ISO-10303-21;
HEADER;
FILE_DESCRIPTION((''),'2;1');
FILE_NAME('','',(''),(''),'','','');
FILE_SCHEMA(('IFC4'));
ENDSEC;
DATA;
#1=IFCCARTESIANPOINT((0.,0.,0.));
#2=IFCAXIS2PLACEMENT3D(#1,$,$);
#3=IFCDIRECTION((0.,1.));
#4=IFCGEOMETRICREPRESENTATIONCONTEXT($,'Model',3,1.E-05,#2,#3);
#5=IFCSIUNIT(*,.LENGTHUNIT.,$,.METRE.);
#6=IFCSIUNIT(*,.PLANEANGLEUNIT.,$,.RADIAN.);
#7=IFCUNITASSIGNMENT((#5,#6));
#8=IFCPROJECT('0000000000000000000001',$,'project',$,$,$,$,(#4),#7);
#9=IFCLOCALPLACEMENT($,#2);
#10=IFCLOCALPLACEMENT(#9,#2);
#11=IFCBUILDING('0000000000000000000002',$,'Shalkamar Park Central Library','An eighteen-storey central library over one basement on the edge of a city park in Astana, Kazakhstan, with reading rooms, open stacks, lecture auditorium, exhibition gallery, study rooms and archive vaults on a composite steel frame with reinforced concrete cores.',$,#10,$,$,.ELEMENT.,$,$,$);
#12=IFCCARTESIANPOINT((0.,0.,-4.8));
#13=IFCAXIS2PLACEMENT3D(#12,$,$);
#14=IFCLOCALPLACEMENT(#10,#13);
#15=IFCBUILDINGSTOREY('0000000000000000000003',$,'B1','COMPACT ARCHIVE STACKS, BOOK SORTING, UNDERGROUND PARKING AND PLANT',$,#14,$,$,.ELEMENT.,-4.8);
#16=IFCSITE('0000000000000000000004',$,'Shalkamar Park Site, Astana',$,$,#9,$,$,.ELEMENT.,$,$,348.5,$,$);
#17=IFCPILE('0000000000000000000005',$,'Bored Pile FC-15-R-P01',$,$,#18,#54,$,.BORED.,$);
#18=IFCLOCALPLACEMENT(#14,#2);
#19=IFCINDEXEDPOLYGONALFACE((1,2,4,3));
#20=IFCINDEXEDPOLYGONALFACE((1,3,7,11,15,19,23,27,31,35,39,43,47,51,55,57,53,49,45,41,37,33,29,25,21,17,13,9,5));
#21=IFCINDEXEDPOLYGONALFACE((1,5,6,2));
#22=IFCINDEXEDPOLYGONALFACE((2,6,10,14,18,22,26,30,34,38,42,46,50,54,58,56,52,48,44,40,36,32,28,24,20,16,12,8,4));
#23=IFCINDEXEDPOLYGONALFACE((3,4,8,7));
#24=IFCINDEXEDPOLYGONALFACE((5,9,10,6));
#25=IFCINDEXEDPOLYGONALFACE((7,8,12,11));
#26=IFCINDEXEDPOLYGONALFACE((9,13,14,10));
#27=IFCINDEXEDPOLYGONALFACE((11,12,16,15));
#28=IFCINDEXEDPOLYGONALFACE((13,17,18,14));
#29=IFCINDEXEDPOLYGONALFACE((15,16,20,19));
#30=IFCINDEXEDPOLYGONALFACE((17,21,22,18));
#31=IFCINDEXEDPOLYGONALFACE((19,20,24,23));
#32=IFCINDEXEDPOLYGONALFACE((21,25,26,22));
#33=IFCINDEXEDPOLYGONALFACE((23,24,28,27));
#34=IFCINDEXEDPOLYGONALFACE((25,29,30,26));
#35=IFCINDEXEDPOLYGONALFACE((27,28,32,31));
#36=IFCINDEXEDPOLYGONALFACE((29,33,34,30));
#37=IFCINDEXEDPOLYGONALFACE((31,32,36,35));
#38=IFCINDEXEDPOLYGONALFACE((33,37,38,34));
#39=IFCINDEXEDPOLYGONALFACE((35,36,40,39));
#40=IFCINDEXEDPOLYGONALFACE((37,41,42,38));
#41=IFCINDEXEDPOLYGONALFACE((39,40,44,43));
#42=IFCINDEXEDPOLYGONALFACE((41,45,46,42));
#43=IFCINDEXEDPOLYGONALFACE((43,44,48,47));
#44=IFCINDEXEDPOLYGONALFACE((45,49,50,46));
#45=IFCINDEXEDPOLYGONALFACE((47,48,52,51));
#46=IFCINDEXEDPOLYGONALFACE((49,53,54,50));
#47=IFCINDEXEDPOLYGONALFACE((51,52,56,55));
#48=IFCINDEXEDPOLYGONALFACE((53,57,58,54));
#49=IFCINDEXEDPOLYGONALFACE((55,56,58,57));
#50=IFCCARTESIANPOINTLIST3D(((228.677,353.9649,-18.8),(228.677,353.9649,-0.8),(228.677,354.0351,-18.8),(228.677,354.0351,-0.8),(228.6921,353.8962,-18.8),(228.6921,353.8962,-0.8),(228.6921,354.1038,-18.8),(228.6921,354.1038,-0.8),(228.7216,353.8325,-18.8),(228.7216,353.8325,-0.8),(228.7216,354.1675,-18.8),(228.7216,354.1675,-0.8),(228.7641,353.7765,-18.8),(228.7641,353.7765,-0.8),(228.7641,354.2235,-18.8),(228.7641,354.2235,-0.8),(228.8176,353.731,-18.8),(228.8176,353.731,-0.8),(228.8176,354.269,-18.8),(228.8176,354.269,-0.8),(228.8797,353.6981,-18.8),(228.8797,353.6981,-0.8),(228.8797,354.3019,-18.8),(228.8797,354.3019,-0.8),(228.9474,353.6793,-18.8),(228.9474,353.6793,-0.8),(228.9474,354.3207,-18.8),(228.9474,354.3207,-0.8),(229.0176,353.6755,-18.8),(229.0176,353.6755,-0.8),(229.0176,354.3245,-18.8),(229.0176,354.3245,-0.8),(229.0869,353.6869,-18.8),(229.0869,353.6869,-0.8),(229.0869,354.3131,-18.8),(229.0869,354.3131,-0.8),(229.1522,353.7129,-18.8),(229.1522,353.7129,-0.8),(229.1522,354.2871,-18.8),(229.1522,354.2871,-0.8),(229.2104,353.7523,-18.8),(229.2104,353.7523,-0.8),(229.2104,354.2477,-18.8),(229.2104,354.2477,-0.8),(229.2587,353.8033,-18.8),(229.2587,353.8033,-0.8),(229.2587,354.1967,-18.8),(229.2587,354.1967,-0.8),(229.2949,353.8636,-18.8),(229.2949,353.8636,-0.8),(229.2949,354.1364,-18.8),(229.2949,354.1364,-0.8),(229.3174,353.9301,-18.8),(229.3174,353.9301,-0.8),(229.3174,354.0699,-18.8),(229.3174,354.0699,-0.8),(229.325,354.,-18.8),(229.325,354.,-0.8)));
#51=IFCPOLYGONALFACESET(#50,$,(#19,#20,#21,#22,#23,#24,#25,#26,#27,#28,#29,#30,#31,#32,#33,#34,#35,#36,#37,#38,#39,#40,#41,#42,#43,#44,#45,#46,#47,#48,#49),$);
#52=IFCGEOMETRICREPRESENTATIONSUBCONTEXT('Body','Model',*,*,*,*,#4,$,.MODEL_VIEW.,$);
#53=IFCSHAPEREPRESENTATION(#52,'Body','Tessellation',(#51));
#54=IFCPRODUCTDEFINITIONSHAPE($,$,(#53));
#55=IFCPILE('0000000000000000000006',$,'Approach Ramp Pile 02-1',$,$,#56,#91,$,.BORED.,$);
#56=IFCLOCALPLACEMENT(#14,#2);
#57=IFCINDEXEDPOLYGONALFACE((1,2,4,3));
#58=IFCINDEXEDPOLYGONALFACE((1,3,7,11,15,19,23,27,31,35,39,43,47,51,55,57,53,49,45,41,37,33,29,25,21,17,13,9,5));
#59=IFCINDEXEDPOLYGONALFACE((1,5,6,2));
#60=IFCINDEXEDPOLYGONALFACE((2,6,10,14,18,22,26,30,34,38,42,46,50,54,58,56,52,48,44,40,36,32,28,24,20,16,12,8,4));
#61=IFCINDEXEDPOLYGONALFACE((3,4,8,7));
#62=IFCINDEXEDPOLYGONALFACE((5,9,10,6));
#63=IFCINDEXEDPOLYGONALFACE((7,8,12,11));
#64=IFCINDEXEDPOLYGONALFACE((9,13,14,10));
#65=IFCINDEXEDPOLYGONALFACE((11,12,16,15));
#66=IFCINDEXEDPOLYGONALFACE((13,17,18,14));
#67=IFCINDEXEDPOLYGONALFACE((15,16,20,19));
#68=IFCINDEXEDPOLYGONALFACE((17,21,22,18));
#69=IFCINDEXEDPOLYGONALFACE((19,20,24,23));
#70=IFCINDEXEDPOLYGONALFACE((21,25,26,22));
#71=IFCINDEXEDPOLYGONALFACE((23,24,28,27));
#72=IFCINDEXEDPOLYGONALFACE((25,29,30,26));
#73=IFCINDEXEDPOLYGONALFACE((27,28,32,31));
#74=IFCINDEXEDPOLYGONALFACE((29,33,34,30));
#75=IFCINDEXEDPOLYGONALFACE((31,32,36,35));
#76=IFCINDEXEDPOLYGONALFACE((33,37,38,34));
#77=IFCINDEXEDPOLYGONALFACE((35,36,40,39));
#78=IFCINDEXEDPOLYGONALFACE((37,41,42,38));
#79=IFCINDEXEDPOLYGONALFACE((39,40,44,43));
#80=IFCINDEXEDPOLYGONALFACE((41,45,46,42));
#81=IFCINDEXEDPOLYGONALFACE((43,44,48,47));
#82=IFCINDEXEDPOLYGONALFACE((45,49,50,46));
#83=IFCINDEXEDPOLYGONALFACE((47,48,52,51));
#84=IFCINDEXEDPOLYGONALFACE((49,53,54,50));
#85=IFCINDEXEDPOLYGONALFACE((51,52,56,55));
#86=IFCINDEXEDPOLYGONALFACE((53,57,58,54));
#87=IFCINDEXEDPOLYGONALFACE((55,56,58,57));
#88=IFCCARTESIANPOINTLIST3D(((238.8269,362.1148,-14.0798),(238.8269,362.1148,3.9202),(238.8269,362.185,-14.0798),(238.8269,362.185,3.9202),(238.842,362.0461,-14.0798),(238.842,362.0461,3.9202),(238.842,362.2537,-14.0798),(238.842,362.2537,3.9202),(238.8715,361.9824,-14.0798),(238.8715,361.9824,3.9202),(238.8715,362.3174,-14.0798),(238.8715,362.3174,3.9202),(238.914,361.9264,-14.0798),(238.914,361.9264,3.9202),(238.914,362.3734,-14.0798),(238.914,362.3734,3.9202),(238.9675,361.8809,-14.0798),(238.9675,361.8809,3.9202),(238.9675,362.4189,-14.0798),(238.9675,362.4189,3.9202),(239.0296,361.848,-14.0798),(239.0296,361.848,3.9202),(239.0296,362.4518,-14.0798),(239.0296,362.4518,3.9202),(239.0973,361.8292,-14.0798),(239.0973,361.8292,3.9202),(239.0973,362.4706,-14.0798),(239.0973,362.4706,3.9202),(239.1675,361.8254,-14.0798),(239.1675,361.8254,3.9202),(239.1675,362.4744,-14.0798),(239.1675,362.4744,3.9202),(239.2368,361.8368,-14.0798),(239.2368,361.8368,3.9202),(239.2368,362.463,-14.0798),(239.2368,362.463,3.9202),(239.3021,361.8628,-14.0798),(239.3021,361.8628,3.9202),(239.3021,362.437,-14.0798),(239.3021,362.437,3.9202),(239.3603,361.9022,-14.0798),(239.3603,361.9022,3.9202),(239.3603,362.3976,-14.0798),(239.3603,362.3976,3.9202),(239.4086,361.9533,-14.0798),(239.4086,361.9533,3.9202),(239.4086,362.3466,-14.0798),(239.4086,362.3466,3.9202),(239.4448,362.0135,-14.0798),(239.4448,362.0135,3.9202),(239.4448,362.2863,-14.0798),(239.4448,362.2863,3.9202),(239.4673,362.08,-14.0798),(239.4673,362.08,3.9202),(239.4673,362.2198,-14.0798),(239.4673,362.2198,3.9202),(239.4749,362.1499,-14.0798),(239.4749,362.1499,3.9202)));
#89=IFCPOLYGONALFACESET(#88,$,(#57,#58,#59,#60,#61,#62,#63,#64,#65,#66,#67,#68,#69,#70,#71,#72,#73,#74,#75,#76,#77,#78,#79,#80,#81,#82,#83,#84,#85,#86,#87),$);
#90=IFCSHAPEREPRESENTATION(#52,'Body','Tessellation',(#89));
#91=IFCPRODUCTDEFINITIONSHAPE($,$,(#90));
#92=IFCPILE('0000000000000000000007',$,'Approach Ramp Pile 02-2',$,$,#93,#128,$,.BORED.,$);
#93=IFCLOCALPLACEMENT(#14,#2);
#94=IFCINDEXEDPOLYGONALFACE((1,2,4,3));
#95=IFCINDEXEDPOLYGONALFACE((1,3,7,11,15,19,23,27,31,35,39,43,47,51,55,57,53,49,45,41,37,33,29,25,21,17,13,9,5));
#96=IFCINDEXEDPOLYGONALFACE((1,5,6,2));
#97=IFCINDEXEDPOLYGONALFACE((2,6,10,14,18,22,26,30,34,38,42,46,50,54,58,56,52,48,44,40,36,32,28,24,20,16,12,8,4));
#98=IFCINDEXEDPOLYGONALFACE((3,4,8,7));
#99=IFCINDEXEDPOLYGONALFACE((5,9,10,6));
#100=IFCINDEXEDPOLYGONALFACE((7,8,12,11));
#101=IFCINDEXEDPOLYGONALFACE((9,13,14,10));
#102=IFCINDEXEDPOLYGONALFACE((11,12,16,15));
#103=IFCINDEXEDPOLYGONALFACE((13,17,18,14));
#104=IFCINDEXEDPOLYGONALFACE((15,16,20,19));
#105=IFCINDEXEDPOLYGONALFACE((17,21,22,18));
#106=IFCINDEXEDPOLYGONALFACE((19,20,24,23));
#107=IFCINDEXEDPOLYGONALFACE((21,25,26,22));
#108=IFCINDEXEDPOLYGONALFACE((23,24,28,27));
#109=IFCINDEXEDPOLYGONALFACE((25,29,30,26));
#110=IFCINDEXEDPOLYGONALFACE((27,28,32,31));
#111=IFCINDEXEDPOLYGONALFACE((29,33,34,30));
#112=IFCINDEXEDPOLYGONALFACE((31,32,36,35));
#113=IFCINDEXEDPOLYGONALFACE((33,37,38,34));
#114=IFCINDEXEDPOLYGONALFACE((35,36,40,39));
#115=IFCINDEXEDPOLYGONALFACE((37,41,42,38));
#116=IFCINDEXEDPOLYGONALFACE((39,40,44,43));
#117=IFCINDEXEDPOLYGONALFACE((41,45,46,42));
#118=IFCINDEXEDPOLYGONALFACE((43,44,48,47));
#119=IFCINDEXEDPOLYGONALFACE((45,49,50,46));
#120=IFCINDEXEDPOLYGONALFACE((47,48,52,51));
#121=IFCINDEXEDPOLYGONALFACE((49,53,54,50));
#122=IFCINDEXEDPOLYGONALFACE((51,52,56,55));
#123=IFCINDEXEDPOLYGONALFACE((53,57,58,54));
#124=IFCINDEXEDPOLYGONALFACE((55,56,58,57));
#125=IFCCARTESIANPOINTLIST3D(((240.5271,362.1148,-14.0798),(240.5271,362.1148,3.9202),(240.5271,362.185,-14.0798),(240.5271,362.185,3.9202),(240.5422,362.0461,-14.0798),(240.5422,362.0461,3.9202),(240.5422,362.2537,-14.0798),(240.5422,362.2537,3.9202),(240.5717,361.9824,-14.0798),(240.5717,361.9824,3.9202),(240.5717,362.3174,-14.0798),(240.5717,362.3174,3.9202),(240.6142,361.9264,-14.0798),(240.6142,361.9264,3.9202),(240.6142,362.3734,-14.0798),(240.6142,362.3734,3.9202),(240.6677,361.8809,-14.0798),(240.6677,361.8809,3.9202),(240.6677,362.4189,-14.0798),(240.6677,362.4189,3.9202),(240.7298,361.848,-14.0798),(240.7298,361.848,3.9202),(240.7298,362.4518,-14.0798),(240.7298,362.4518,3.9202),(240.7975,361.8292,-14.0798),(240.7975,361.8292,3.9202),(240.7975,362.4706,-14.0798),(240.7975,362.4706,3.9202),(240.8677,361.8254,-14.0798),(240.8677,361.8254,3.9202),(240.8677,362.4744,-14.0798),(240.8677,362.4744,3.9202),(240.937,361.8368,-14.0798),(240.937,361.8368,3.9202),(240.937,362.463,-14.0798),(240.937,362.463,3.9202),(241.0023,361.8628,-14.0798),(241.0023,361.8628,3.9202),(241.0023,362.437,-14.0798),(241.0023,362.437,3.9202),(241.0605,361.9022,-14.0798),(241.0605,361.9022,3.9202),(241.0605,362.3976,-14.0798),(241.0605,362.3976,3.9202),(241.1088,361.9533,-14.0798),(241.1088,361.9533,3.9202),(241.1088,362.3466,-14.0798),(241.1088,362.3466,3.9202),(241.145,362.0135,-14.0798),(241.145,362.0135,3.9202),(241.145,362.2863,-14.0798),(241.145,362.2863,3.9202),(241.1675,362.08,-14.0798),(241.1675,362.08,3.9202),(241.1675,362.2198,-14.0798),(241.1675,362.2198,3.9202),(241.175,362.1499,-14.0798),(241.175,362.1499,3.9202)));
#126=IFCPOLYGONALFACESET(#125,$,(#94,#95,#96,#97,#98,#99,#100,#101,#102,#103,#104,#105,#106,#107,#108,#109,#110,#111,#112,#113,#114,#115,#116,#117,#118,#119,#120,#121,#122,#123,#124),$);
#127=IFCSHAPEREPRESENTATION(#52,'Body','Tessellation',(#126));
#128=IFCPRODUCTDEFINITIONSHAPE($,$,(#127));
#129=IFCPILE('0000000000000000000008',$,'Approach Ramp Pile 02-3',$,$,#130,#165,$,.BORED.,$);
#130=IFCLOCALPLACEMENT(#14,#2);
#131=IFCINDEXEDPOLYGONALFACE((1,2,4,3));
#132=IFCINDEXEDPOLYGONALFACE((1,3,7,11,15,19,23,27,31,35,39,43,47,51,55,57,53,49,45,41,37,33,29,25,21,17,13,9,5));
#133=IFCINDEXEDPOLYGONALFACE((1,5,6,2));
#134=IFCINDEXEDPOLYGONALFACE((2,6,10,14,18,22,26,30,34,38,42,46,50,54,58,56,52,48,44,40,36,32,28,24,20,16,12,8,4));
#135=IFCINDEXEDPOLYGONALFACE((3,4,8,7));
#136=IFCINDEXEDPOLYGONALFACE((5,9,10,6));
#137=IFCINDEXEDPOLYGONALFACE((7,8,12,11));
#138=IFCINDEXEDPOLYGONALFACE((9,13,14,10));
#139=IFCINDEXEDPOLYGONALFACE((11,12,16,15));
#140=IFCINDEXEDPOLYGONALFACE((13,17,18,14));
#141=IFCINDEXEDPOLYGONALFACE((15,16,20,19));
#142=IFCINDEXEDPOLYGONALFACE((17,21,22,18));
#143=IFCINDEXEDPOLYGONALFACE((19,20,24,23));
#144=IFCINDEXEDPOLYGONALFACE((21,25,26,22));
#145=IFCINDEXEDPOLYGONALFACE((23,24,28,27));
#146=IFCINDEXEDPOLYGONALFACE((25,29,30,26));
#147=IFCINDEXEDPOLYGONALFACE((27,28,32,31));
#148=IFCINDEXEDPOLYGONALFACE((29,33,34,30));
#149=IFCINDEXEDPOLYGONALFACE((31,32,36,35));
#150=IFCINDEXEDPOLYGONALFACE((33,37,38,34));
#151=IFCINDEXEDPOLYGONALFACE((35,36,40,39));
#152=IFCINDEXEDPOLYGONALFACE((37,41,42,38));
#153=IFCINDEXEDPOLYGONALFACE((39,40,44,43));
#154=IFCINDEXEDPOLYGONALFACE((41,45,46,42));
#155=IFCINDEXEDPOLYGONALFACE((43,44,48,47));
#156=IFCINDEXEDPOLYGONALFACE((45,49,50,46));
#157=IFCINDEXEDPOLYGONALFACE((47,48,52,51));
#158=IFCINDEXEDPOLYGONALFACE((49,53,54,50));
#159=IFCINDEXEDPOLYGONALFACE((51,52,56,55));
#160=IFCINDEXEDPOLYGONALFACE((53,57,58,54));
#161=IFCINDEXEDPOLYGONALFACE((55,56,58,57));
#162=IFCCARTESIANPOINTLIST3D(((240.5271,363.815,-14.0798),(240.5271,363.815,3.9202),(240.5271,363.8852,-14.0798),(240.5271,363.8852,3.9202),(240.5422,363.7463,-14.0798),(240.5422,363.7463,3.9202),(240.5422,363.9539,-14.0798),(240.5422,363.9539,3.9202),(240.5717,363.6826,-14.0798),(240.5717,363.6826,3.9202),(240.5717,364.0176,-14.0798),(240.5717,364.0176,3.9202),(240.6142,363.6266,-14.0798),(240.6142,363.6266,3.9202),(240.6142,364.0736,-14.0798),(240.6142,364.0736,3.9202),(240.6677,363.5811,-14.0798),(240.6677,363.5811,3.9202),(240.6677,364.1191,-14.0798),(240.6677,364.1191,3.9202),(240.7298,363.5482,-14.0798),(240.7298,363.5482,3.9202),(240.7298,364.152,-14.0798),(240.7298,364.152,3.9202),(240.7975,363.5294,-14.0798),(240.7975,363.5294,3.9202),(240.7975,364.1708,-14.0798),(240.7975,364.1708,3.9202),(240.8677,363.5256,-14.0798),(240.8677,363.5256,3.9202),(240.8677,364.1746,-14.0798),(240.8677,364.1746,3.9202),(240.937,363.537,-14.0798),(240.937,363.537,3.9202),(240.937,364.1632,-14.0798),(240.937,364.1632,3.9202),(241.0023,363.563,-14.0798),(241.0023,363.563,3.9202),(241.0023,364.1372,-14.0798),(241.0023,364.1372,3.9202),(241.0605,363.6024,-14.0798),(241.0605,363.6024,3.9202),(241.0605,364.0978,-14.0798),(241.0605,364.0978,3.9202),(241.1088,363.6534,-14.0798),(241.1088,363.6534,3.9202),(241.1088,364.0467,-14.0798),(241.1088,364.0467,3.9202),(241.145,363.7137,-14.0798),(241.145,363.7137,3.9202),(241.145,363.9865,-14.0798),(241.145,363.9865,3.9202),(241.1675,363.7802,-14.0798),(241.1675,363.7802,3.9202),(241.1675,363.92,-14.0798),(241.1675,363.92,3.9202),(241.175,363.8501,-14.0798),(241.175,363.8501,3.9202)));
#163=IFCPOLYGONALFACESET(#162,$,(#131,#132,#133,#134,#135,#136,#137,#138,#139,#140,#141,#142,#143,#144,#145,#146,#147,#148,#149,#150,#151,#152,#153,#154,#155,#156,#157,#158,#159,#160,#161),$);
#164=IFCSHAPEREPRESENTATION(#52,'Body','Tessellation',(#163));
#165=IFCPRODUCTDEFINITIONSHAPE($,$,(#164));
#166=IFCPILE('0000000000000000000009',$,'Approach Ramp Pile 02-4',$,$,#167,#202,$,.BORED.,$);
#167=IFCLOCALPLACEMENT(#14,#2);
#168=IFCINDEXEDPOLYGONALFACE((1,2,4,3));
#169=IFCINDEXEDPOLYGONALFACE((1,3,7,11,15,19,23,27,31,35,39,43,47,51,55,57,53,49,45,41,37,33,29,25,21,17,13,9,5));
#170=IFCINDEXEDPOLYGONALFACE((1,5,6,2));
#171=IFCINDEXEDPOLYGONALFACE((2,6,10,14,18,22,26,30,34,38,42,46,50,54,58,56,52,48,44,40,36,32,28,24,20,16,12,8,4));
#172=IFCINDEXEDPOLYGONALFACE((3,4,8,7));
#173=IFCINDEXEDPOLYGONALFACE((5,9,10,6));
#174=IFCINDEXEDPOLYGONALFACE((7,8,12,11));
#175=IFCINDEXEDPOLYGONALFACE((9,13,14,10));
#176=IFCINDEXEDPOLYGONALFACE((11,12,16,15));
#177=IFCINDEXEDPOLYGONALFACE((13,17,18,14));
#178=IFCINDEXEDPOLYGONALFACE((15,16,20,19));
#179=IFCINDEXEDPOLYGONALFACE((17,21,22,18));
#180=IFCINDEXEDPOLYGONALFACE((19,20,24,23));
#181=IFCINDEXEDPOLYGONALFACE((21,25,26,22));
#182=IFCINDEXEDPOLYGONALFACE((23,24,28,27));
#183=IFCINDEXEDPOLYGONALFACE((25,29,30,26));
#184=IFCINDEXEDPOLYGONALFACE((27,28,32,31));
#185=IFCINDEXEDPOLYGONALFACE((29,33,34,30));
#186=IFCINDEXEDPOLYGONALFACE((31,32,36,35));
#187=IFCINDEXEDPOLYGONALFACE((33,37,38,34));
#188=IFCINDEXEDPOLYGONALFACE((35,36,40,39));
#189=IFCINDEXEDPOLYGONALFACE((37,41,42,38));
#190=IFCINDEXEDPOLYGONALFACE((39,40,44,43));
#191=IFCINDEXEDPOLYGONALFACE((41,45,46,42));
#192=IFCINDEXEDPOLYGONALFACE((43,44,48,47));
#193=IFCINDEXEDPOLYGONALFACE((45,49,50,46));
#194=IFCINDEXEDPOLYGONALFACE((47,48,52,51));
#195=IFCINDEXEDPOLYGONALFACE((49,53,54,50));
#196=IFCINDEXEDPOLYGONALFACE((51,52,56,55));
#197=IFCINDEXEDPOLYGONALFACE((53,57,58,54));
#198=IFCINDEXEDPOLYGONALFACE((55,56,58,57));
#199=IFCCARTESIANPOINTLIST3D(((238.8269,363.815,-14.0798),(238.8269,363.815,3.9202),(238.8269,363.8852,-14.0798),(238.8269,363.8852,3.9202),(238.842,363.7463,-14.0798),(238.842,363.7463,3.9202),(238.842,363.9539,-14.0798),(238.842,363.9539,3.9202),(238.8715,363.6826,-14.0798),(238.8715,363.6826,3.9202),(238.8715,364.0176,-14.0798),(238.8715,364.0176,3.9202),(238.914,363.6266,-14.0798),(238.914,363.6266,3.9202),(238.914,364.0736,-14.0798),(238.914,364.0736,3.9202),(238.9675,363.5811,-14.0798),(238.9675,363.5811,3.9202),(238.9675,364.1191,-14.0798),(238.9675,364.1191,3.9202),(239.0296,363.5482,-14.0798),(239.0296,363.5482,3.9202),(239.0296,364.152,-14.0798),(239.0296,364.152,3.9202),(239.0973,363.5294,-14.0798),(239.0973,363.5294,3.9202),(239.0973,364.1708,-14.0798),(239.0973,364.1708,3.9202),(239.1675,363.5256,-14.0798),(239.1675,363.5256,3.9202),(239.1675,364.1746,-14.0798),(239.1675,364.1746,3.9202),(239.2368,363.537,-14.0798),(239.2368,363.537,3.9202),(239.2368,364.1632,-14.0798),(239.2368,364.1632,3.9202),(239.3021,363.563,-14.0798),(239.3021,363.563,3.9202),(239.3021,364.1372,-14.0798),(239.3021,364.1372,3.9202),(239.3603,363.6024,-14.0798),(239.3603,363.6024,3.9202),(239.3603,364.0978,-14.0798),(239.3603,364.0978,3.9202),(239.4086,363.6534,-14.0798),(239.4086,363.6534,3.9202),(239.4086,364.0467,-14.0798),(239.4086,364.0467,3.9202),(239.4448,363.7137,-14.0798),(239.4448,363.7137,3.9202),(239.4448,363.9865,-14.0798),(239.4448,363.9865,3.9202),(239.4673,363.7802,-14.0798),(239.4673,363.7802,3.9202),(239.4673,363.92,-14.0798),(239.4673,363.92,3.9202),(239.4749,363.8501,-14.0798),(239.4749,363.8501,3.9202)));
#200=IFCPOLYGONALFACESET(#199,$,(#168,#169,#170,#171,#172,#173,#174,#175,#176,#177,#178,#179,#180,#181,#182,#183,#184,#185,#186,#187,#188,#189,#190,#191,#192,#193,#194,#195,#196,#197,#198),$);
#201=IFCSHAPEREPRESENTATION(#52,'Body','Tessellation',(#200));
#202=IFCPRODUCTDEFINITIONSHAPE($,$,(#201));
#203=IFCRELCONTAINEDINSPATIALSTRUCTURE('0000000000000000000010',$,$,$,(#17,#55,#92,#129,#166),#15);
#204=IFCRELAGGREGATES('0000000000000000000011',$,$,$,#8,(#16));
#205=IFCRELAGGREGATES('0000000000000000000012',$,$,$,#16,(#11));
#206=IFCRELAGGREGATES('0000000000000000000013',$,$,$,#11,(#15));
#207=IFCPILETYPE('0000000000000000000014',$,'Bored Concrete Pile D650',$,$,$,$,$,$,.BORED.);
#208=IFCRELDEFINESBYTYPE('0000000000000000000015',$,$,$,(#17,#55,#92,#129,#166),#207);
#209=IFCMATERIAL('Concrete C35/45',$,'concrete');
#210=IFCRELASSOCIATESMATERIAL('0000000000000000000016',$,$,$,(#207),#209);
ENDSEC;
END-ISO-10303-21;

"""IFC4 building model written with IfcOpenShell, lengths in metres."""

from ifc_helpers import new_model, si_unit, direction, frame, origin, origin_2d, place, context, subcontext, project, spatial, circle, extrude, material, material_profile, profile_set, type_object, element, save


model = new_model("IFC4")

# Units and contexts
model_context = context("Model", 3, precision=1e-05, world=origin(), true_north=direction((0.0, 1.0)))
body_context = subcontext(model_context, "Body", "Model", "MODEL_VIEW")
ifc_project = project(units=[si_unit("LENGTHUNIT", "METRE"), si_unit("PLANEANGLEUNIT", "RADIAN")], contexts=[model_context])

# Site, building, storey
site_placement = place(None, origin())
site = spatial("IfcSite", under=ifc_project, at=site_placement, Name="Shalkamar Park Site, Astana", CompositionType="ELEMENT", RefElevation=348.5)
building_placement = place(site_placement, origin())
building = spatial("IfcBuilding", under=site, at=building_placement, Name="Shalkamar Park Central Library", Description="An eighteen-storey central library over one basement on the edge of a city park in Astana, Kazakhstan, with reading rooms, open stacks, lecture auditorium, exhibition gallery, study rooms and archive vaults on a composite steel frame with reinforced concrete cores.", CompositionType="ELEMENT")
storey_placement = place(building_placement, frame((0.0, 0.0, -4.8)))
storey = spatial("IfcBuildingStorey", under=building, at=storey_placement, Name="B1", Description="COMPACT ARCHIVE STACKS, BOOK SORTING, UNDERGROUND PARKING AND PLANT", CompositionType="ELEMENT", Elevation=-4.8)

# Piles
ifc_material_1 = material(Name="Concrete C35/45", Category="concrete")
ifc_material_profile_1 = material_profile(ifc_material_1, circle(Radius=0.325, at=origin_2d()), Name="PILE D650")
ifc_profile_set_1 = profile_set([ifc_material_profile_1], Name="Concrete C35/45")
pile_type_1 = type_object("IfcPileType", Name="Bored Concrete Pile D650", PredefinedType="BORED", material=ifc_profile_set_1)
for number, where, z_axis, x_axis, name in (
    (1, (229.0, 354.0, -0.8), (0.0, 0.0, -1.0), (1.0, 0.0, 0.0), "Bored Pile FC-15-R-P01"),
    (2, (239.1499, 362.1499, 3.9202), (0.0, 0.0, -1.0), (1.0, 0.0, 0.0), "Approach Ramp Pile 02-1"),
    (3, (240.8501, 362.1499, 3.9202), (0.0, 0.0, -1.0), (1.0, 0.0, 0.0), "Approach Ramp Pile 02-2"),
    (4, (240.8501, 363.8501, 3.9202), (0.0, 0.0, -1.0), (1.0, 0.0, 0.0), "Approach Ramp Pile 02-3"),
    (5, (239.1499, 363.8501, 3.9202), (0.0, 0.0, -1.0), (1.0, 0.0, 0.0), "Approach Ramp Pile 02-4"),
):
    element("IfcPile", number, at=place(storey_placement, frame(where, z_axis=z_axis, x_axis=x_axis)), inside=storey, type_object=pile_type_1, Name=name, PredefinedType="BORED", context=body_context, shape_type="SweptSolid", body=[
        extrude(circle(Radius=0.325, at=origin_2d()), origin(), (0.0, 0.0, 1.0), 18.0),
    ])

save(model, "model.ifc")
